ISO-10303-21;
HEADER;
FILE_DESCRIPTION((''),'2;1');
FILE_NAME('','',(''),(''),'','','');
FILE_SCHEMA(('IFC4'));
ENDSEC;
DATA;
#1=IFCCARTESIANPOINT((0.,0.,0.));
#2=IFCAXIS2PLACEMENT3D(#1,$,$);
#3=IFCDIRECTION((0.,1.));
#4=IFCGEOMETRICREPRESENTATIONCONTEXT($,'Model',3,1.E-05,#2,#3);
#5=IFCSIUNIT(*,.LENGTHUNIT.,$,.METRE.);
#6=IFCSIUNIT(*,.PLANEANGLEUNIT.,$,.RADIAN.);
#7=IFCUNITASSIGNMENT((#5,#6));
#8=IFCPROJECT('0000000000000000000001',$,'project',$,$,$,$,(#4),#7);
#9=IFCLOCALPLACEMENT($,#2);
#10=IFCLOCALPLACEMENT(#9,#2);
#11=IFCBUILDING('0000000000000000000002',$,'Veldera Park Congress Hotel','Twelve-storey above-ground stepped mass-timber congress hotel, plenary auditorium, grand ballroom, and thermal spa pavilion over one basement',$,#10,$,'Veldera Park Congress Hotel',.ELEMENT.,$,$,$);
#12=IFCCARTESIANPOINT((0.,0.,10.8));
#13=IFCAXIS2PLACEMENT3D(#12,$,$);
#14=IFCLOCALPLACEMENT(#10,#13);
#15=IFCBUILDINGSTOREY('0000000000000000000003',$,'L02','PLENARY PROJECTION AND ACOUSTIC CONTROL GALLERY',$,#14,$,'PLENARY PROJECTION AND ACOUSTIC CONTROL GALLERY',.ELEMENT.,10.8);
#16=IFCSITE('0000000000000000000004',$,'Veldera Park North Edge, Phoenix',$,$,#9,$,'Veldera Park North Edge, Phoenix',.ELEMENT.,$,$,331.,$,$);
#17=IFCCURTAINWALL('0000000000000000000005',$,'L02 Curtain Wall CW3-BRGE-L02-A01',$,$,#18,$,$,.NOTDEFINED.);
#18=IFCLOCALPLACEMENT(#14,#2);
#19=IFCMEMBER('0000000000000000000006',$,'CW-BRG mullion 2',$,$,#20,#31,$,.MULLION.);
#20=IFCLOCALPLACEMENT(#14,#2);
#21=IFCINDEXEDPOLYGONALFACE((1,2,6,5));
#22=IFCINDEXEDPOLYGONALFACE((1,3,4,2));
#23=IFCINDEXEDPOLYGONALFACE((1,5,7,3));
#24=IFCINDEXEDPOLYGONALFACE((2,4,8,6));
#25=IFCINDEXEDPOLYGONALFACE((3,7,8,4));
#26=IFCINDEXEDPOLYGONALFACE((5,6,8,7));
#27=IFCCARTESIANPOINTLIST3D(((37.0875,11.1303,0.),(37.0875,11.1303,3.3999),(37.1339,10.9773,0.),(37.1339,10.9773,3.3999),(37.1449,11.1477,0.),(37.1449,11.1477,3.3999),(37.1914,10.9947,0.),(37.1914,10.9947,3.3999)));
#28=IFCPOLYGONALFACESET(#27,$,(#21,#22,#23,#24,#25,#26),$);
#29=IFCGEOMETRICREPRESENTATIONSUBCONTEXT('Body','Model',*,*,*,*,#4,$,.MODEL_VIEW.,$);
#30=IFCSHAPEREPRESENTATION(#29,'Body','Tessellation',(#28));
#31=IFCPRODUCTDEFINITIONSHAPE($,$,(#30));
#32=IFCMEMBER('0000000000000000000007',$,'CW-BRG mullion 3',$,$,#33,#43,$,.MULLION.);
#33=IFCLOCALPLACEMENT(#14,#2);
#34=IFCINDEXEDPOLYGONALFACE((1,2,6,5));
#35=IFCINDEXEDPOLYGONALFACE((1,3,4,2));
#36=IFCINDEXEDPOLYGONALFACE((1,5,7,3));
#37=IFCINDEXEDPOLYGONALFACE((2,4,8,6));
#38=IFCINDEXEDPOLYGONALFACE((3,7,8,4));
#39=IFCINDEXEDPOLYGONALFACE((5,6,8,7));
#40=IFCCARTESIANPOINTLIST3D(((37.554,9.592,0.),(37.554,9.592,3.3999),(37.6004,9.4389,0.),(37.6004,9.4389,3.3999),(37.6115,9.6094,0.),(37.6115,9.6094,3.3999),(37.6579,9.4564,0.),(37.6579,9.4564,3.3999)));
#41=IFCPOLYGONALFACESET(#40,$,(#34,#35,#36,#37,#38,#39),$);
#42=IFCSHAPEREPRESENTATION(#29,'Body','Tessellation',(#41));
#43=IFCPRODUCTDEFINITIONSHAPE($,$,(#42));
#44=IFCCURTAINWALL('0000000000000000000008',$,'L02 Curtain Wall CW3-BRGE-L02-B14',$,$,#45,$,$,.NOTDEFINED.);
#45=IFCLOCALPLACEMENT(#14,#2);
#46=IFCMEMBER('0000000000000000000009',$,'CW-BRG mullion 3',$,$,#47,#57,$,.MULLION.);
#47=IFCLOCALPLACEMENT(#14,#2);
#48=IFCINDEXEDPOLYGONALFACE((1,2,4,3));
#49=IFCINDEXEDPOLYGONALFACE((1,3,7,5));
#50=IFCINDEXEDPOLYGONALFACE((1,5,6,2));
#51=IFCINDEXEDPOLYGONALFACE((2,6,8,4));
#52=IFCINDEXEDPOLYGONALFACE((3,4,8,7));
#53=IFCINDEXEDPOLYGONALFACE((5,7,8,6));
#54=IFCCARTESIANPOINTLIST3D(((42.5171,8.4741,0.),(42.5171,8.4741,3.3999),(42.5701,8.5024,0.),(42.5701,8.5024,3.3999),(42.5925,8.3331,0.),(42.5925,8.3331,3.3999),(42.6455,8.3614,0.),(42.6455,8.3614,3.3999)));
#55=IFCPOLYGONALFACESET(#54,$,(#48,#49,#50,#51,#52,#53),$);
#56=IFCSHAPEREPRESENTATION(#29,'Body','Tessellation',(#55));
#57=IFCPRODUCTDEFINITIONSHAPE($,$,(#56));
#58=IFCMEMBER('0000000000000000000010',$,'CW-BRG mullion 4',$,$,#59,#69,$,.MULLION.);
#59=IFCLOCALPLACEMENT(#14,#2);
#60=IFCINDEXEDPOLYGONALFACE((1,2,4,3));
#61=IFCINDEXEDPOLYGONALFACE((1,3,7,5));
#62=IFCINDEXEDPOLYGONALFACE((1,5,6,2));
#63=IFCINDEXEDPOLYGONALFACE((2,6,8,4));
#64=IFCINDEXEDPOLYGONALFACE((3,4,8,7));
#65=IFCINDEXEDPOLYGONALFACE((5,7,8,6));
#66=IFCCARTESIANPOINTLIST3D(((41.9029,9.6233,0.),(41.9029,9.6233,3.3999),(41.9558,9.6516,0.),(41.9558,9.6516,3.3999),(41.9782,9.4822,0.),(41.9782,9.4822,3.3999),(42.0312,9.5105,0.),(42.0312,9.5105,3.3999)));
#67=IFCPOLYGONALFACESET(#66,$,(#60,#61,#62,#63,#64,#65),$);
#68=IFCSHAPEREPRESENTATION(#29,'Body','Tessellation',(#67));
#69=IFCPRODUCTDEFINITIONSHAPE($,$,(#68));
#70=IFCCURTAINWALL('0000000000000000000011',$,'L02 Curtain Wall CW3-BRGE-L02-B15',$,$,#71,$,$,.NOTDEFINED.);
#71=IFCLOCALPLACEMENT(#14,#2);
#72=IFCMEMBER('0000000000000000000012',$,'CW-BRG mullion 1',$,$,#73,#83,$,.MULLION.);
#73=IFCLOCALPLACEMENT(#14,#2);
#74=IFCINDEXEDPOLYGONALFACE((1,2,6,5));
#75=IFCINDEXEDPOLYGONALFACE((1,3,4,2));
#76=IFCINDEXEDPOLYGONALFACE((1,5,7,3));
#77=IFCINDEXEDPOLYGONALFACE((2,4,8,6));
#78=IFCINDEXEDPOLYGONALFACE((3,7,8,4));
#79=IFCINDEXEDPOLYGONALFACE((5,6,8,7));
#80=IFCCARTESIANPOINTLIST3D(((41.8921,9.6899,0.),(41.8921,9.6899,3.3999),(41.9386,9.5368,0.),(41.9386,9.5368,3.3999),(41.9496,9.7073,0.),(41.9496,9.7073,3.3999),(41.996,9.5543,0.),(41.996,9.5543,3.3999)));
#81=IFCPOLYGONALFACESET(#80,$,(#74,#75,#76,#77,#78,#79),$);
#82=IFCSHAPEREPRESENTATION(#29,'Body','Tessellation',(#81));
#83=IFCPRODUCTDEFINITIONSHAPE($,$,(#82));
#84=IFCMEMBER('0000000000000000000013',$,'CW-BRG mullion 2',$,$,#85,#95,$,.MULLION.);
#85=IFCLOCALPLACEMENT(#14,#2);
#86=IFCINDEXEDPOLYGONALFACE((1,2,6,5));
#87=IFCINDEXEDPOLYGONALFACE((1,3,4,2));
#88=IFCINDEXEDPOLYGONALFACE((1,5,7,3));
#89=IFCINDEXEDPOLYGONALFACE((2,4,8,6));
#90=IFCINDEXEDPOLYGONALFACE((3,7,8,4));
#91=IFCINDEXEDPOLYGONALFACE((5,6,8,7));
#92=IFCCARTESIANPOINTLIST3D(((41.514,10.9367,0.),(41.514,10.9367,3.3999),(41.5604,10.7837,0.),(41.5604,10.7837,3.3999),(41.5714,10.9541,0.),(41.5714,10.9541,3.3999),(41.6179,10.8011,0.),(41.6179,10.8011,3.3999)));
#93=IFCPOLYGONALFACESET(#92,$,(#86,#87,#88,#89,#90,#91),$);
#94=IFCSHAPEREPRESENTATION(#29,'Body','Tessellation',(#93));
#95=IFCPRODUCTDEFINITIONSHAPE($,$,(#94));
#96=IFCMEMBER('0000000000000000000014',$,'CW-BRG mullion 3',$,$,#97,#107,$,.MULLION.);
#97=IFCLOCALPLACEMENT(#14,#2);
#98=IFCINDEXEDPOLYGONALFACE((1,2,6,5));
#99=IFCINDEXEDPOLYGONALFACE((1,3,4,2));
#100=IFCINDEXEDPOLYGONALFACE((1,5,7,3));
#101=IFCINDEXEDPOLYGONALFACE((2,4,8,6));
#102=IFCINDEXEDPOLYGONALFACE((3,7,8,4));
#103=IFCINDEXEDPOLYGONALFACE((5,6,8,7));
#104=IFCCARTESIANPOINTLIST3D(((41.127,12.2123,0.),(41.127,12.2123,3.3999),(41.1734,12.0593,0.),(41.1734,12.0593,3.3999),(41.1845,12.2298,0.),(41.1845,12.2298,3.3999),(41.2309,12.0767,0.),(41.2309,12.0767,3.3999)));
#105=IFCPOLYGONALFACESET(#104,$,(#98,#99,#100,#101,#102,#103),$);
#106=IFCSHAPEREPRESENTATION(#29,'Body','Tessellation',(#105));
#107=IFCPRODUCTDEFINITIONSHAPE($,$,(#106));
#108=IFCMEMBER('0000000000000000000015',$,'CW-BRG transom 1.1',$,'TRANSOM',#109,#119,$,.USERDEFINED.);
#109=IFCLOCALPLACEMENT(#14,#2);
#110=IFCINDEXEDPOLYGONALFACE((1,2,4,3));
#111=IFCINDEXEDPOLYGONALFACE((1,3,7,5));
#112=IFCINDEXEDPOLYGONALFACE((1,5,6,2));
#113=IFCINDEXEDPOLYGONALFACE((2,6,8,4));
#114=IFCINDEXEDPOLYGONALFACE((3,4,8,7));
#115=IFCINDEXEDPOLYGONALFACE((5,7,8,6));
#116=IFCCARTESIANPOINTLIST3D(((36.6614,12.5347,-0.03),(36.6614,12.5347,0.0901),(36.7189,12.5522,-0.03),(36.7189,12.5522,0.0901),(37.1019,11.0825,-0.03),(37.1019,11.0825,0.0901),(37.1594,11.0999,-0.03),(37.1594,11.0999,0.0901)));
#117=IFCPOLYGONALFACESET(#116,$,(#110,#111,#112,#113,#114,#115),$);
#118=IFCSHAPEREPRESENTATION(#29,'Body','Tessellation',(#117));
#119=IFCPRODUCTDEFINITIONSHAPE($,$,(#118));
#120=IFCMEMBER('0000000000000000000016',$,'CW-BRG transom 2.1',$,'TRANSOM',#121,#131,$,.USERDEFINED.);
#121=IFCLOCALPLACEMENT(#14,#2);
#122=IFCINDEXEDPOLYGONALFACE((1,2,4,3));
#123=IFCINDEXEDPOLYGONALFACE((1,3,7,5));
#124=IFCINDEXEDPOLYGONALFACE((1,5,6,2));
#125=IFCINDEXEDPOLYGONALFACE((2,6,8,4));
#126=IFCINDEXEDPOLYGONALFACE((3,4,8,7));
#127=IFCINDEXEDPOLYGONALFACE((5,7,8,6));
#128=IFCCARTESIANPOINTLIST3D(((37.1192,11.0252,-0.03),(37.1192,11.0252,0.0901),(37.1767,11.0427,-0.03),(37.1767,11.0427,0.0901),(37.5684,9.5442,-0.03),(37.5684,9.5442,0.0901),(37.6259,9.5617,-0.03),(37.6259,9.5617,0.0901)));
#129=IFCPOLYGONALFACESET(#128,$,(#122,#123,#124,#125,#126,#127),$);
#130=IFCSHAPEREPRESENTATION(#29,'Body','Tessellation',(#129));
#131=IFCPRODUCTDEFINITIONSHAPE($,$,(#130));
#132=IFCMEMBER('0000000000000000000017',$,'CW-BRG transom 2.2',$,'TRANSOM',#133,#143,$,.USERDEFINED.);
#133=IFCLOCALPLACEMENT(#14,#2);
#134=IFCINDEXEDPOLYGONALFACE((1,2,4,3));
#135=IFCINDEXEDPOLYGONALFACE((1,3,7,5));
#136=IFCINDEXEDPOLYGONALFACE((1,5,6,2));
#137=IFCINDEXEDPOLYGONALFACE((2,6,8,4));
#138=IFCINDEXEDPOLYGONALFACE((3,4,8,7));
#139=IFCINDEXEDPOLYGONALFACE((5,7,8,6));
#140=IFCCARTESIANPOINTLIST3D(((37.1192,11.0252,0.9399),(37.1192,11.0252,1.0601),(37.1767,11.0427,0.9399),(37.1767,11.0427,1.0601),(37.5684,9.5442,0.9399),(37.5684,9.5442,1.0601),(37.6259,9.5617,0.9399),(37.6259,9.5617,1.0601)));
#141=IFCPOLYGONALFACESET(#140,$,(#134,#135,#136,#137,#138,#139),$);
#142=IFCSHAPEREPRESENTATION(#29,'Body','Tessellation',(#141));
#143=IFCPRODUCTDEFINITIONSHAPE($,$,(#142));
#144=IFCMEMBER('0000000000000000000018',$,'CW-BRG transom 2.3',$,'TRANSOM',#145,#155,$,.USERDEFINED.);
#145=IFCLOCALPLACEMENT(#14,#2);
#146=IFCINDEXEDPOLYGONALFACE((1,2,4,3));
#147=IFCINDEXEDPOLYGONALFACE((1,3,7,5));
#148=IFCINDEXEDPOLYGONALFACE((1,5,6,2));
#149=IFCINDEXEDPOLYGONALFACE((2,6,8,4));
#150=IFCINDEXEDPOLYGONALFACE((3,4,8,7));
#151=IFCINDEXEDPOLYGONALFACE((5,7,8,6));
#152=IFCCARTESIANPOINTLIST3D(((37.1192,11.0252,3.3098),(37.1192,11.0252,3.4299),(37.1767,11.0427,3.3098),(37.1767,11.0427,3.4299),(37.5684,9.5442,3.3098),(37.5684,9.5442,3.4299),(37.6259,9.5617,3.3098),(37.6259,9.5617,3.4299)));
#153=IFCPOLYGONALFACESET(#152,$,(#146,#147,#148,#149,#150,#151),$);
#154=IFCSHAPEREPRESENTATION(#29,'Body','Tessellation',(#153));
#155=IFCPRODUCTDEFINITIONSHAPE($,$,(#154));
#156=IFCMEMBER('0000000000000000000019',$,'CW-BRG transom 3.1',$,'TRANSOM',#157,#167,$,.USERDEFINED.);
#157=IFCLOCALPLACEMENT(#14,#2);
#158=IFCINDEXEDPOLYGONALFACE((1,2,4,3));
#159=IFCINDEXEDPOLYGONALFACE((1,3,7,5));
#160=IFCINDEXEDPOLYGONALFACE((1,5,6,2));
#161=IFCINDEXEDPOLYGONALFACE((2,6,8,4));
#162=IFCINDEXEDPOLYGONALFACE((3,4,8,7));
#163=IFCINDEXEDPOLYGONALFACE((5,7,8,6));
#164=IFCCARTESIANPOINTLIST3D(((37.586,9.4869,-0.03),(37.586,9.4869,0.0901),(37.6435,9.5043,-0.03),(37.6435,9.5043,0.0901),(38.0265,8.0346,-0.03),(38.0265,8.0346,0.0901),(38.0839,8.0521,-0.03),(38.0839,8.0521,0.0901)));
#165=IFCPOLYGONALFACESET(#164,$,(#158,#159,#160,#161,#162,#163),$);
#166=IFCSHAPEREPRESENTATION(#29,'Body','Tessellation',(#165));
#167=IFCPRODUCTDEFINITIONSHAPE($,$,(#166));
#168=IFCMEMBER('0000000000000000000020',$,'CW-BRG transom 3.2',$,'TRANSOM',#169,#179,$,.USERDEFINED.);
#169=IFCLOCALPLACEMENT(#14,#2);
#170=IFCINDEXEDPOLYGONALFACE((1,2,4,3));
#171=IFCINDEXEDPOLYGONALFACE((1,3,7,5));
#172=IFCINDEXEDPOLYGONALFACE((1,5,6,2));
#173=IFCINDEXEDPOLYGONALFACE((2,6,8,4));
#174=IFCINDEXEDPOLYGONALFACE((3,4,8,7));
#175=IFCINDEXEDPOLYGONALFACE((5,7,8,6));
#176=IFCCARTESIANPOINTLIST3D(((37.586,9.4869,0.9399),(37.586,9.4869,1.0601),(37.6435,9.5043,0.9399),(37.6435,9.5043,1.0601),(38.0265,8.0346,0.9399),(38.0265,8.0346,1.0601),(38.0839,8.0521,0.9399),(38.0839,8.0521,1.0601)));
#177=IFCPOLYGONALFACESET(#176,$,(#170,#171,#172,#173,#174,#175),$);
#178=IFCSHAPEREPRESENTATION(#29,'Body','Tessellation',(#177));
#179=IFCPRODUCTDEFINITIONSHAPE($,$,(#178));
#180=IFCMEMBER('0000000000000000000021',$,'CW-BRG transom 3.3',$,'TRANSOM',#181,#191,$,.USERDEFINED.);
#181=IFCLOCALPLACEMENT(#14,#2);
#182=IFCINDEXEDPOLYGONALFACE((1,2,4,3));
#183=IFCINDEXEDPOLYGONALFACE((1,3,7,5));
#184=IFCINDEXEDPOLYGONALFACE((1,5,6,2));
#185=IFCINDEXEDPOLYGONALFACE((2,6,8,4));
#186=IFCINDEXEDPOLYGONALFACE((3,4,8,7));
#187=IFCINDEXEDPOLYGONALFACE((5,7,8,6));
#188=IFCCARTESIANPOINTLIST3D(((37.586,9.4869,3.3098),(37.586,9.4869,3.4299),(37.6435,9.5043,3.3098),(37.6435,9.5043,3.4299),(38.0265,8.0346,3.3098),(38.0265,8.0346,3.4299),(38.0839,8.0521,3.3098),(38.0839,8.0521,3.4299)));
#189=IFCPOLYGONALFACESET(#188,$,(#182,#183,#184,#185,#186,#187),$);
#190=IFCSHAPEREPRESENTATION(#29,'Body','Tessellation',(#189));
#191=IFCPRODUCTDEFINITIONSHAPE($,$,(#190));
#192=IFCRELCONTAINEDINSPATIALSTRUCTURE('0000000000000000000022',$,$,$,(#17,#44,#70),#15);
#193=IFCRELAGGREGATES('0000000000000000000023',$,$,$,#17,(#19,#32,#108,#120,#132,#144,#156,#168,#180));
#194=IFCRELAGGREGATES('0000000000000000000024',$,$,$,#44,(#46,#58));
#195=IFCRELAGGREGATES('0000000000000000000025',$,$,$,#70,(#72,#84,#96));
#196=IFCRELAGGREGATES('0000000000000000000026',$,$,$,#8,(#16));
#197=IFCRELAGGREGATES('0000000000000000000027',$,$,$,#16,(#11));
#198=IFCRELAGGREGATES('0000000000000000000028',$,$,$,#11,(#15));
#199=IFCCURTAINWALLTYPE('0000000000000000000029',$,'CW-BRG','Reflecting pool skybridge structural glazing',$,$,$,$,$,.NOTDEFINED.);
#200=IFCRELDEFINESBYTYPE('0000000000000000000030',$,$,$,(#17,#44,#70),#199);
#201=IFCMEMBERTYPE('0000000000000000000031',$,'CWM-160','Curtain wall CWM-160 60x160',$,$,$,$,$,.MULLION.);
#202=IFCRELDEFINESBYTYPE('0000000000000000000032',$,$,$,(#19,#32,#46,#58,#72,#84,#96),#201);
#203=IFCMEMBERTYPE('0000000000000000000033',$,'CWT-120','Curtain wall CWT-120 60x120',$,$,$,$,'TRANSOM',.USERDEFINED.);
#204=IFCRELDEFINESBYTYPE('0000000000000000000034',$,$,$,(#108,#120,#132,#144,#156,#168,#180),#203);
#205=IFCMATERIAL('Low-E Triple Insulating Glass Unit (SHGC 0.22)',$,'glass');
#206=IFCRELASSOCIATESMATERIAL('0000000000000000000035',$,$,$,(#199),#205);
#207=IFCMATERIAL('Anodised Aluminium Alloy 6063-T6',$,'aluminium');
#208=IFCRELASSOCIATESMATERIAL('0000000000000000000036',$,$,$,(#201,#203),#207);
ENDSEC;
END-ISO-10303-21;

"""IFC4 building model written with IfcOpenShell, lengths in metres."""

from ifc_helpers import new_model, si_unit, direction, frame, origin, origin_2d, place, context, subcontext, project, spatial, rectangle, extrude, material, material_profile, profile_set, type_object, element, aggregate, save


model = new_model("IFC4")

# Units and contexts
model_context = context("Model", 3, precision=1e-05, world=origin(), true_north=direction((0.0, 1.0)))
body_context = subcontext(model_context, "Body", "Model", "MODEL_VIEW")
ifc_project = project(units=[si_unit("LENGTHUNIT", "METRE"), si_unit("PLANEANGLEUNIT", "RADIAN")], contexts=[model_context])

# Site, building, storey
site_placement = place(None, origin())
site = spatial("IfcSite", under=ifc_project, at=site_placement, Name="Veldera Park North Edge, Phoenix", LongName="Veldera Park North Edge, Phoenix", CompositionType="ELEMENT", RefElevation=331.0)
building_placement = place(site_placement, origin())
building = spatial("IfcBuilding", under=site, at=building_placement, Name="Veldera Park Congress Hotel", Description="Twelve-storey above-ground stepped mass-timber congress hotel, plenary auditorium, grand ballroom, and thermal spa pavilion over one basement", LongName="Veldera Park Congress Hotel", CompositionType="ELEMENT")
storey_placement = place(building_placement, frame((0.0, 0.0, 10.8)))
storey = spatial("IfcBuildingStorey", under=building, at=storey_placement, Name="L02", Description="PLENARY PROJECTION AND ACOUSTIC CONTROL GALLERY", LongName="PLENARY PROJECTION AND ACOUSTIC CONTROL GALLERY", CompositionType="ELEMENT", Elevation=10.8)

# Curtain walls, members
ifc_material_1 = material(Name="Low-E Triple Insulating Glass Unit (SHGC 0.22)", Category="glass")
curtain_wall_type = type_object("IfcCurtainWallType", Name="CW-BRG", Description="Reflecting pool skybridge structural glazing", PredefinedType="NOTDEFINED", material=ifc_material_1)
curtain_wall_1_placement = place(storey_placement, origin())
curtain_wall_1 = element("IfcCurtainWall", 1, at=curtain_wall_1_placement, inside=storey, type_object=curtain_wall_type, Name="L02 Curtain Wall CW3-BRGE-L02-A01", PredefinedType="NOTDEFINED")
ifc_material_2 = material(Name="Anodised Aluminium Alloy 6063-T6", Category="aluminium")
ifc_material_profile_1 = material_profile(ifc_material_2, rectangle(XDim=0.0601, YDim=0.1599, at=origin_2d()), Name="ALU 60x160")
ifc_profile_set_1 = profile_set([ifc_material_profile_1], Name="Anodised Aluminium Alloy 6063-T6")
member_type_1 = type_object("IfcMemberType", Name="CWM-160", Description="Curtain wall CWM-160 60x160", PredefinedType="MULLION", material=ifc_profile_set_1)
member_1_placement = place(storey_placement, frame((37.1394, 11.0625, 0.0), z_axis=(0.0, 0.0, 1.0), x_axis=(0.956939, 0.290288, 0.0)))
member_1 = element("IfcMember", 2, at=member_1_placement, type_object=member_type_1, Name="CW-BRG mullion 2", PredefinedType="MULLION", context=body_context, shape_type="SweptSolid", body=[
    extrude(rectangle(XDim=0.0601, YDim=0.1599, at=origin_2d()), origin(), (0.0, 0.0, 1.0), 3.3999),
])
member_2_placement = place(storey_placement, frame((37.606, 9.5242, 0.0), z_axis=(0.0, 0.0, 1.0), x_axis=(0.956939, 0.290288, 0.0)))
member_2 = element("IfcMember", 3, at=member_2_placement, type_object=member_type_1, Name="CW-BRG mullion 3", PredefinedType="MULLION", context=body_context, shape_type="SweptSolid", body=[
    extrude(rectangle(XDim=0.0601, YDim=0.1599, at=origin_2d()), origin(), (0.0, 0.0, 1.0), 3.3999),
])
curtain_wall_2_placement = place(storey_placement, origin())
curtain_wall_2 = element("IfcCurtainWall", 4, at=curtain_wall_2_placement, inside=storey, type_object=curtain_wall_type, Name="L02 Curtain Wall CW3-BRGE-L02-B14", PredefinedType="NOTDEFINED")
member_3_placement = place(storey_placement, frame((42.5813, 8.4177, 0.0), z_axis=(0.0, 0.0, 1.0), x_axis=(-0.881928, -0.471384, 0.0)))
member_3 = element("IfcMember", 5, at=member_3_placement, type_object=member_type_1, Name="CW-BRG mullion 3", PredefinedType="MULLION", context=body_context, shape_type="SweptSolid", body=[
    extrude(rectangle(XDim=0.0601, YDim=0.1599, at=origin_2d()), origin(), (0.0, 0.0, 1.0), 3.3999),
])
member_4_placement = place(storey_placement, frame((41.967, 9.5669, 0.0), z_axis=(0.0, 0.0, 1.0), x_axis=(-0.881928, -0.471384, 0.0)))
member_4 = element("IfcMember", 6, at=member_4_placement, type_object=member_type_1, Name="CW-BRG mullion 4", PredefinedType="MULLION", context=body_context, shape_type="SweptSolid", body=[
    extrude(rectangle(XDim=0.0601, YDim=0.1599, at=origin_2d()), origin(), (0.0, 0.0, 1.0), 3.3999),
])
curtain_wall_3_placement = place(storey_placement, origin())
curtain_wall_3 = element("IfcCurtainWall", 7, at=curtain_wall_3_placement, inside=storey, type_object=curtain_wall_type, Name="L02 Curtain Wall CW3-BRGE-L02-B15", PredefinedType="NOTDEFINED")
member_5_placement = place(storey_placement, frame((41.9441, 9.6221, 0.0), z_axis=(0.0, 0.0, 1.0), x_axis=(-0.956939, -0.29029, 0.0)))
member_5 = element("IfcMember", 8, at=member_5_placement, type_object=member_type_1, Name="CW-BRG mullion 1", PredefinedType="MULLION", context=body_context, shape_type="SweptSolid", body=[
    extrude(rectangle(XDim=0.0601, YDim=0.1599, at=origin_2d()), origin(), (0.0, 0.0, 1.0), 3.3999),
])
member_6_placement = place(storey_placement, frame((41.5659, 10.8689, 0.0), z_axis=(0.0, 0.0, 1.0), x_axis=(-0.956939, -0.29029, 0.0)))
member_6 = element("IfcMember", 9, at=member_6_placement, type_object=member_type_1, Name="CW-BRG mullion 2", PredefinedType="MULLION", context=body_context, shape_type="SweptSolid", body=[
    extrude(rectangle(XDim=0.0601, YDim=0.1599, at=origin_2d()), origin(), (0.0, 0.0, 1.0), 3.3999),
])
member_7_placement = place(storey_placement, frame((41.179, 12.1445, 0.0), z_axis=(0.0, 0.0, 1.0), x_axis=(-0.956939, -0.29029, 0.0)))
member_7 = element("IfcMember", 10, at=member_7_placement, type_object=member_type_1, Name="CW-BRG mullion 3", PredefinedType="MULLION", context=body_context, shape_type="SweptSolid", body=[
    extrude(rectangle(XDim=0.0601, YDim=0.1599, at=origin_2d()), origin(), (0.0, 0.0, 1.0), 3.3999),
])

# Members
ifc_material_profile_2 = material_profile(ifc_material_2, rectangle(XDim=0.0601, YDim=0.1201, at=origin_2d()), Name="ALU 60x120")
ifc_profile_set_2 = profile_set([ifc_material_profile_2], Name="Anodised Aluminium Alloy 6063-T6")
member_type_2 = type_object("IfcMemberType", Name="CWT-120", Description="Curtain wall CWT-120 60x120", ElementType="TRANSOM", PredefinedType="USERDEFINED", material=ifc_profile_set_2)
member_8_placement = place(storey_placement, frame((36.6902, 12.5435, 0.03), z_axis=(0.29024, -0.956954, 0.0), x_axis=(0.956954, 0.29024, 0.0)))
member_8 = element("IfcMember", 11, at=member_8_placement, type_object=member_type_2, Name="CW-BRG transom 1.1", ObjectType="TRANSOM", PredefinedType="USERDEFINED", context=body_context, shape_type="SweptSolid", body=[
    extrude(rectangle(XDim=0.0601, YDim=0.1201, at=origin_2d()), origin(), (0.0, 0.0, 1.0), 1.5176),
])
member_9_placement = place(storey_placement, frame((37.1479, 11.0339, 0.03), z_axis=(0.29027, -0.956945, 0.0), x_axis=(0.956945, 0.29027, 0.0)))
member_9 = element("IfcMember", 12, at=member_9_placement, type_object=member_type_2, Name="CW-BRG transom 2.1", ObjectType="TRANSOM", PredefinedType="USERDEFINED", context=body_context, shape_type="SweptSolid", body=[
    extrude(rectangle(XDim=0.0601, YDim=0.1201, at=origin_2d()), origin(), (0.0, 0.0, 1.0), 1.5476),
])
member_10_placement = place(storey_placement, frame((37.1479, 11.0339, 1.0), z_axis=(0.29027, -0.956945, 0.0), x_axis=(0.956945, 0.29027, 0.0)))
member_10 = element("IfcMember", 13, at=member_10_placement, type_object=member_type_2, Name="CW-BRG transom 2.2", ObjectType="TRANSOM", PredefinedType="USERDEFINED", context=body_context, shape_type="SweptSolid", body=[
    extrude(rectangle(XDim=0.0601, YDim=0.1201, at=origin_2d()), origin(), (0.0, 0.0, 1.0), 1.5476),
])
member_11_placement = place(storey_placement, frame((37.1479, 11.0339, 3.3699), z_axis=(0.29027, -0.956945, 0.0), x_axis=(0.956945, 0.29027, 0.0)))
member_11 = element("IfcMember", 14, at=member_11_placement, type_object=member_type_2, Name="CW-BRG transom 2.3", ObjectType="TRANSOM", PredefinedType="USERDEFINED", context=body_context, shape_type="SweptSolid", body=[
    extrude(rectangle(XDim=0.0601, YDim=0.1201, at=origin_2d()), origin(), (0.0, 0.0, 1.0), 1.5476),
])
member_12_placement = place(storey_placement, frame((37.6147, 9.4956, 0.03), z_axis=(0.29024, -0.956954, 0.0), x_axis=(0.956954, 0.29024, 0.0)))
member_12 = element("IfcMember", 15, at=member_12_placement, type_object=member_type_2, Name="CW-BRG transom 3.1", ObjectType="TRANSOM", PredefinedType="USERDEFINED", context=body_context, shape_type="SweptSolid", body=[
    extrude(rectangle(XDim=0.0601, YDim=0.1201, at=origin_2d()), origin(), (0.0, 0.0, 1.0), 1.5176),
])
member_13_placement = place(storey_placement, frame((37.6147, 9.4956, 1.0), z_axis=(0.29024, -0.956954, 0.0), x_axis=(0.956954, 0.29024, 0.0)))
member_13 = element("IfcMember", 16, at=member_13_placement, type_object=member_type_2, Name="CW-BRG transom 3.2", ObjectType="TRANSOM", PredefinedType="USERDEFINED", context=body_context, shape_type="SweptSolid", body=[
    extrude(rectangle(XDim=0.0601, YDim=0.1201, at=origin_2d()), origin(), (0.0, 0.0, 1.0), 1.5176),
])
member_14_placement = place(storey_placement, frame((37.6147, 9.4956, 3.3699), z_axis=(0.29024, -0.956954, 0.0), x_axis=(0.956954, 0.29024, 0.0)))
member_14 = element("IfcMember", 17, at=member_14_placement, type_object=member_type_2, Name="CW-BRG transom 3.3", ObjectType="TRANSOM", PredefinedType="USERDEFINED", context=body_context, shape_type="SweptSolid", body=[
    extrude(rectangle(XDim=0.0601, YDim=0.1201, at=origin_2d()), origin(), (0.0, 0.0, 1.0), 1.5176),
])

aggregate(curtain_wall_1, [member_1, member_2, member_8, member_9, member_10, member_11, member_12, member_13, member_14])
aggregate(curtain_wall_2, [member_3, member_4])
aggregate(curtain_wall_3, [member_5, member_6, member_7])

save(model, "model.ifc")
